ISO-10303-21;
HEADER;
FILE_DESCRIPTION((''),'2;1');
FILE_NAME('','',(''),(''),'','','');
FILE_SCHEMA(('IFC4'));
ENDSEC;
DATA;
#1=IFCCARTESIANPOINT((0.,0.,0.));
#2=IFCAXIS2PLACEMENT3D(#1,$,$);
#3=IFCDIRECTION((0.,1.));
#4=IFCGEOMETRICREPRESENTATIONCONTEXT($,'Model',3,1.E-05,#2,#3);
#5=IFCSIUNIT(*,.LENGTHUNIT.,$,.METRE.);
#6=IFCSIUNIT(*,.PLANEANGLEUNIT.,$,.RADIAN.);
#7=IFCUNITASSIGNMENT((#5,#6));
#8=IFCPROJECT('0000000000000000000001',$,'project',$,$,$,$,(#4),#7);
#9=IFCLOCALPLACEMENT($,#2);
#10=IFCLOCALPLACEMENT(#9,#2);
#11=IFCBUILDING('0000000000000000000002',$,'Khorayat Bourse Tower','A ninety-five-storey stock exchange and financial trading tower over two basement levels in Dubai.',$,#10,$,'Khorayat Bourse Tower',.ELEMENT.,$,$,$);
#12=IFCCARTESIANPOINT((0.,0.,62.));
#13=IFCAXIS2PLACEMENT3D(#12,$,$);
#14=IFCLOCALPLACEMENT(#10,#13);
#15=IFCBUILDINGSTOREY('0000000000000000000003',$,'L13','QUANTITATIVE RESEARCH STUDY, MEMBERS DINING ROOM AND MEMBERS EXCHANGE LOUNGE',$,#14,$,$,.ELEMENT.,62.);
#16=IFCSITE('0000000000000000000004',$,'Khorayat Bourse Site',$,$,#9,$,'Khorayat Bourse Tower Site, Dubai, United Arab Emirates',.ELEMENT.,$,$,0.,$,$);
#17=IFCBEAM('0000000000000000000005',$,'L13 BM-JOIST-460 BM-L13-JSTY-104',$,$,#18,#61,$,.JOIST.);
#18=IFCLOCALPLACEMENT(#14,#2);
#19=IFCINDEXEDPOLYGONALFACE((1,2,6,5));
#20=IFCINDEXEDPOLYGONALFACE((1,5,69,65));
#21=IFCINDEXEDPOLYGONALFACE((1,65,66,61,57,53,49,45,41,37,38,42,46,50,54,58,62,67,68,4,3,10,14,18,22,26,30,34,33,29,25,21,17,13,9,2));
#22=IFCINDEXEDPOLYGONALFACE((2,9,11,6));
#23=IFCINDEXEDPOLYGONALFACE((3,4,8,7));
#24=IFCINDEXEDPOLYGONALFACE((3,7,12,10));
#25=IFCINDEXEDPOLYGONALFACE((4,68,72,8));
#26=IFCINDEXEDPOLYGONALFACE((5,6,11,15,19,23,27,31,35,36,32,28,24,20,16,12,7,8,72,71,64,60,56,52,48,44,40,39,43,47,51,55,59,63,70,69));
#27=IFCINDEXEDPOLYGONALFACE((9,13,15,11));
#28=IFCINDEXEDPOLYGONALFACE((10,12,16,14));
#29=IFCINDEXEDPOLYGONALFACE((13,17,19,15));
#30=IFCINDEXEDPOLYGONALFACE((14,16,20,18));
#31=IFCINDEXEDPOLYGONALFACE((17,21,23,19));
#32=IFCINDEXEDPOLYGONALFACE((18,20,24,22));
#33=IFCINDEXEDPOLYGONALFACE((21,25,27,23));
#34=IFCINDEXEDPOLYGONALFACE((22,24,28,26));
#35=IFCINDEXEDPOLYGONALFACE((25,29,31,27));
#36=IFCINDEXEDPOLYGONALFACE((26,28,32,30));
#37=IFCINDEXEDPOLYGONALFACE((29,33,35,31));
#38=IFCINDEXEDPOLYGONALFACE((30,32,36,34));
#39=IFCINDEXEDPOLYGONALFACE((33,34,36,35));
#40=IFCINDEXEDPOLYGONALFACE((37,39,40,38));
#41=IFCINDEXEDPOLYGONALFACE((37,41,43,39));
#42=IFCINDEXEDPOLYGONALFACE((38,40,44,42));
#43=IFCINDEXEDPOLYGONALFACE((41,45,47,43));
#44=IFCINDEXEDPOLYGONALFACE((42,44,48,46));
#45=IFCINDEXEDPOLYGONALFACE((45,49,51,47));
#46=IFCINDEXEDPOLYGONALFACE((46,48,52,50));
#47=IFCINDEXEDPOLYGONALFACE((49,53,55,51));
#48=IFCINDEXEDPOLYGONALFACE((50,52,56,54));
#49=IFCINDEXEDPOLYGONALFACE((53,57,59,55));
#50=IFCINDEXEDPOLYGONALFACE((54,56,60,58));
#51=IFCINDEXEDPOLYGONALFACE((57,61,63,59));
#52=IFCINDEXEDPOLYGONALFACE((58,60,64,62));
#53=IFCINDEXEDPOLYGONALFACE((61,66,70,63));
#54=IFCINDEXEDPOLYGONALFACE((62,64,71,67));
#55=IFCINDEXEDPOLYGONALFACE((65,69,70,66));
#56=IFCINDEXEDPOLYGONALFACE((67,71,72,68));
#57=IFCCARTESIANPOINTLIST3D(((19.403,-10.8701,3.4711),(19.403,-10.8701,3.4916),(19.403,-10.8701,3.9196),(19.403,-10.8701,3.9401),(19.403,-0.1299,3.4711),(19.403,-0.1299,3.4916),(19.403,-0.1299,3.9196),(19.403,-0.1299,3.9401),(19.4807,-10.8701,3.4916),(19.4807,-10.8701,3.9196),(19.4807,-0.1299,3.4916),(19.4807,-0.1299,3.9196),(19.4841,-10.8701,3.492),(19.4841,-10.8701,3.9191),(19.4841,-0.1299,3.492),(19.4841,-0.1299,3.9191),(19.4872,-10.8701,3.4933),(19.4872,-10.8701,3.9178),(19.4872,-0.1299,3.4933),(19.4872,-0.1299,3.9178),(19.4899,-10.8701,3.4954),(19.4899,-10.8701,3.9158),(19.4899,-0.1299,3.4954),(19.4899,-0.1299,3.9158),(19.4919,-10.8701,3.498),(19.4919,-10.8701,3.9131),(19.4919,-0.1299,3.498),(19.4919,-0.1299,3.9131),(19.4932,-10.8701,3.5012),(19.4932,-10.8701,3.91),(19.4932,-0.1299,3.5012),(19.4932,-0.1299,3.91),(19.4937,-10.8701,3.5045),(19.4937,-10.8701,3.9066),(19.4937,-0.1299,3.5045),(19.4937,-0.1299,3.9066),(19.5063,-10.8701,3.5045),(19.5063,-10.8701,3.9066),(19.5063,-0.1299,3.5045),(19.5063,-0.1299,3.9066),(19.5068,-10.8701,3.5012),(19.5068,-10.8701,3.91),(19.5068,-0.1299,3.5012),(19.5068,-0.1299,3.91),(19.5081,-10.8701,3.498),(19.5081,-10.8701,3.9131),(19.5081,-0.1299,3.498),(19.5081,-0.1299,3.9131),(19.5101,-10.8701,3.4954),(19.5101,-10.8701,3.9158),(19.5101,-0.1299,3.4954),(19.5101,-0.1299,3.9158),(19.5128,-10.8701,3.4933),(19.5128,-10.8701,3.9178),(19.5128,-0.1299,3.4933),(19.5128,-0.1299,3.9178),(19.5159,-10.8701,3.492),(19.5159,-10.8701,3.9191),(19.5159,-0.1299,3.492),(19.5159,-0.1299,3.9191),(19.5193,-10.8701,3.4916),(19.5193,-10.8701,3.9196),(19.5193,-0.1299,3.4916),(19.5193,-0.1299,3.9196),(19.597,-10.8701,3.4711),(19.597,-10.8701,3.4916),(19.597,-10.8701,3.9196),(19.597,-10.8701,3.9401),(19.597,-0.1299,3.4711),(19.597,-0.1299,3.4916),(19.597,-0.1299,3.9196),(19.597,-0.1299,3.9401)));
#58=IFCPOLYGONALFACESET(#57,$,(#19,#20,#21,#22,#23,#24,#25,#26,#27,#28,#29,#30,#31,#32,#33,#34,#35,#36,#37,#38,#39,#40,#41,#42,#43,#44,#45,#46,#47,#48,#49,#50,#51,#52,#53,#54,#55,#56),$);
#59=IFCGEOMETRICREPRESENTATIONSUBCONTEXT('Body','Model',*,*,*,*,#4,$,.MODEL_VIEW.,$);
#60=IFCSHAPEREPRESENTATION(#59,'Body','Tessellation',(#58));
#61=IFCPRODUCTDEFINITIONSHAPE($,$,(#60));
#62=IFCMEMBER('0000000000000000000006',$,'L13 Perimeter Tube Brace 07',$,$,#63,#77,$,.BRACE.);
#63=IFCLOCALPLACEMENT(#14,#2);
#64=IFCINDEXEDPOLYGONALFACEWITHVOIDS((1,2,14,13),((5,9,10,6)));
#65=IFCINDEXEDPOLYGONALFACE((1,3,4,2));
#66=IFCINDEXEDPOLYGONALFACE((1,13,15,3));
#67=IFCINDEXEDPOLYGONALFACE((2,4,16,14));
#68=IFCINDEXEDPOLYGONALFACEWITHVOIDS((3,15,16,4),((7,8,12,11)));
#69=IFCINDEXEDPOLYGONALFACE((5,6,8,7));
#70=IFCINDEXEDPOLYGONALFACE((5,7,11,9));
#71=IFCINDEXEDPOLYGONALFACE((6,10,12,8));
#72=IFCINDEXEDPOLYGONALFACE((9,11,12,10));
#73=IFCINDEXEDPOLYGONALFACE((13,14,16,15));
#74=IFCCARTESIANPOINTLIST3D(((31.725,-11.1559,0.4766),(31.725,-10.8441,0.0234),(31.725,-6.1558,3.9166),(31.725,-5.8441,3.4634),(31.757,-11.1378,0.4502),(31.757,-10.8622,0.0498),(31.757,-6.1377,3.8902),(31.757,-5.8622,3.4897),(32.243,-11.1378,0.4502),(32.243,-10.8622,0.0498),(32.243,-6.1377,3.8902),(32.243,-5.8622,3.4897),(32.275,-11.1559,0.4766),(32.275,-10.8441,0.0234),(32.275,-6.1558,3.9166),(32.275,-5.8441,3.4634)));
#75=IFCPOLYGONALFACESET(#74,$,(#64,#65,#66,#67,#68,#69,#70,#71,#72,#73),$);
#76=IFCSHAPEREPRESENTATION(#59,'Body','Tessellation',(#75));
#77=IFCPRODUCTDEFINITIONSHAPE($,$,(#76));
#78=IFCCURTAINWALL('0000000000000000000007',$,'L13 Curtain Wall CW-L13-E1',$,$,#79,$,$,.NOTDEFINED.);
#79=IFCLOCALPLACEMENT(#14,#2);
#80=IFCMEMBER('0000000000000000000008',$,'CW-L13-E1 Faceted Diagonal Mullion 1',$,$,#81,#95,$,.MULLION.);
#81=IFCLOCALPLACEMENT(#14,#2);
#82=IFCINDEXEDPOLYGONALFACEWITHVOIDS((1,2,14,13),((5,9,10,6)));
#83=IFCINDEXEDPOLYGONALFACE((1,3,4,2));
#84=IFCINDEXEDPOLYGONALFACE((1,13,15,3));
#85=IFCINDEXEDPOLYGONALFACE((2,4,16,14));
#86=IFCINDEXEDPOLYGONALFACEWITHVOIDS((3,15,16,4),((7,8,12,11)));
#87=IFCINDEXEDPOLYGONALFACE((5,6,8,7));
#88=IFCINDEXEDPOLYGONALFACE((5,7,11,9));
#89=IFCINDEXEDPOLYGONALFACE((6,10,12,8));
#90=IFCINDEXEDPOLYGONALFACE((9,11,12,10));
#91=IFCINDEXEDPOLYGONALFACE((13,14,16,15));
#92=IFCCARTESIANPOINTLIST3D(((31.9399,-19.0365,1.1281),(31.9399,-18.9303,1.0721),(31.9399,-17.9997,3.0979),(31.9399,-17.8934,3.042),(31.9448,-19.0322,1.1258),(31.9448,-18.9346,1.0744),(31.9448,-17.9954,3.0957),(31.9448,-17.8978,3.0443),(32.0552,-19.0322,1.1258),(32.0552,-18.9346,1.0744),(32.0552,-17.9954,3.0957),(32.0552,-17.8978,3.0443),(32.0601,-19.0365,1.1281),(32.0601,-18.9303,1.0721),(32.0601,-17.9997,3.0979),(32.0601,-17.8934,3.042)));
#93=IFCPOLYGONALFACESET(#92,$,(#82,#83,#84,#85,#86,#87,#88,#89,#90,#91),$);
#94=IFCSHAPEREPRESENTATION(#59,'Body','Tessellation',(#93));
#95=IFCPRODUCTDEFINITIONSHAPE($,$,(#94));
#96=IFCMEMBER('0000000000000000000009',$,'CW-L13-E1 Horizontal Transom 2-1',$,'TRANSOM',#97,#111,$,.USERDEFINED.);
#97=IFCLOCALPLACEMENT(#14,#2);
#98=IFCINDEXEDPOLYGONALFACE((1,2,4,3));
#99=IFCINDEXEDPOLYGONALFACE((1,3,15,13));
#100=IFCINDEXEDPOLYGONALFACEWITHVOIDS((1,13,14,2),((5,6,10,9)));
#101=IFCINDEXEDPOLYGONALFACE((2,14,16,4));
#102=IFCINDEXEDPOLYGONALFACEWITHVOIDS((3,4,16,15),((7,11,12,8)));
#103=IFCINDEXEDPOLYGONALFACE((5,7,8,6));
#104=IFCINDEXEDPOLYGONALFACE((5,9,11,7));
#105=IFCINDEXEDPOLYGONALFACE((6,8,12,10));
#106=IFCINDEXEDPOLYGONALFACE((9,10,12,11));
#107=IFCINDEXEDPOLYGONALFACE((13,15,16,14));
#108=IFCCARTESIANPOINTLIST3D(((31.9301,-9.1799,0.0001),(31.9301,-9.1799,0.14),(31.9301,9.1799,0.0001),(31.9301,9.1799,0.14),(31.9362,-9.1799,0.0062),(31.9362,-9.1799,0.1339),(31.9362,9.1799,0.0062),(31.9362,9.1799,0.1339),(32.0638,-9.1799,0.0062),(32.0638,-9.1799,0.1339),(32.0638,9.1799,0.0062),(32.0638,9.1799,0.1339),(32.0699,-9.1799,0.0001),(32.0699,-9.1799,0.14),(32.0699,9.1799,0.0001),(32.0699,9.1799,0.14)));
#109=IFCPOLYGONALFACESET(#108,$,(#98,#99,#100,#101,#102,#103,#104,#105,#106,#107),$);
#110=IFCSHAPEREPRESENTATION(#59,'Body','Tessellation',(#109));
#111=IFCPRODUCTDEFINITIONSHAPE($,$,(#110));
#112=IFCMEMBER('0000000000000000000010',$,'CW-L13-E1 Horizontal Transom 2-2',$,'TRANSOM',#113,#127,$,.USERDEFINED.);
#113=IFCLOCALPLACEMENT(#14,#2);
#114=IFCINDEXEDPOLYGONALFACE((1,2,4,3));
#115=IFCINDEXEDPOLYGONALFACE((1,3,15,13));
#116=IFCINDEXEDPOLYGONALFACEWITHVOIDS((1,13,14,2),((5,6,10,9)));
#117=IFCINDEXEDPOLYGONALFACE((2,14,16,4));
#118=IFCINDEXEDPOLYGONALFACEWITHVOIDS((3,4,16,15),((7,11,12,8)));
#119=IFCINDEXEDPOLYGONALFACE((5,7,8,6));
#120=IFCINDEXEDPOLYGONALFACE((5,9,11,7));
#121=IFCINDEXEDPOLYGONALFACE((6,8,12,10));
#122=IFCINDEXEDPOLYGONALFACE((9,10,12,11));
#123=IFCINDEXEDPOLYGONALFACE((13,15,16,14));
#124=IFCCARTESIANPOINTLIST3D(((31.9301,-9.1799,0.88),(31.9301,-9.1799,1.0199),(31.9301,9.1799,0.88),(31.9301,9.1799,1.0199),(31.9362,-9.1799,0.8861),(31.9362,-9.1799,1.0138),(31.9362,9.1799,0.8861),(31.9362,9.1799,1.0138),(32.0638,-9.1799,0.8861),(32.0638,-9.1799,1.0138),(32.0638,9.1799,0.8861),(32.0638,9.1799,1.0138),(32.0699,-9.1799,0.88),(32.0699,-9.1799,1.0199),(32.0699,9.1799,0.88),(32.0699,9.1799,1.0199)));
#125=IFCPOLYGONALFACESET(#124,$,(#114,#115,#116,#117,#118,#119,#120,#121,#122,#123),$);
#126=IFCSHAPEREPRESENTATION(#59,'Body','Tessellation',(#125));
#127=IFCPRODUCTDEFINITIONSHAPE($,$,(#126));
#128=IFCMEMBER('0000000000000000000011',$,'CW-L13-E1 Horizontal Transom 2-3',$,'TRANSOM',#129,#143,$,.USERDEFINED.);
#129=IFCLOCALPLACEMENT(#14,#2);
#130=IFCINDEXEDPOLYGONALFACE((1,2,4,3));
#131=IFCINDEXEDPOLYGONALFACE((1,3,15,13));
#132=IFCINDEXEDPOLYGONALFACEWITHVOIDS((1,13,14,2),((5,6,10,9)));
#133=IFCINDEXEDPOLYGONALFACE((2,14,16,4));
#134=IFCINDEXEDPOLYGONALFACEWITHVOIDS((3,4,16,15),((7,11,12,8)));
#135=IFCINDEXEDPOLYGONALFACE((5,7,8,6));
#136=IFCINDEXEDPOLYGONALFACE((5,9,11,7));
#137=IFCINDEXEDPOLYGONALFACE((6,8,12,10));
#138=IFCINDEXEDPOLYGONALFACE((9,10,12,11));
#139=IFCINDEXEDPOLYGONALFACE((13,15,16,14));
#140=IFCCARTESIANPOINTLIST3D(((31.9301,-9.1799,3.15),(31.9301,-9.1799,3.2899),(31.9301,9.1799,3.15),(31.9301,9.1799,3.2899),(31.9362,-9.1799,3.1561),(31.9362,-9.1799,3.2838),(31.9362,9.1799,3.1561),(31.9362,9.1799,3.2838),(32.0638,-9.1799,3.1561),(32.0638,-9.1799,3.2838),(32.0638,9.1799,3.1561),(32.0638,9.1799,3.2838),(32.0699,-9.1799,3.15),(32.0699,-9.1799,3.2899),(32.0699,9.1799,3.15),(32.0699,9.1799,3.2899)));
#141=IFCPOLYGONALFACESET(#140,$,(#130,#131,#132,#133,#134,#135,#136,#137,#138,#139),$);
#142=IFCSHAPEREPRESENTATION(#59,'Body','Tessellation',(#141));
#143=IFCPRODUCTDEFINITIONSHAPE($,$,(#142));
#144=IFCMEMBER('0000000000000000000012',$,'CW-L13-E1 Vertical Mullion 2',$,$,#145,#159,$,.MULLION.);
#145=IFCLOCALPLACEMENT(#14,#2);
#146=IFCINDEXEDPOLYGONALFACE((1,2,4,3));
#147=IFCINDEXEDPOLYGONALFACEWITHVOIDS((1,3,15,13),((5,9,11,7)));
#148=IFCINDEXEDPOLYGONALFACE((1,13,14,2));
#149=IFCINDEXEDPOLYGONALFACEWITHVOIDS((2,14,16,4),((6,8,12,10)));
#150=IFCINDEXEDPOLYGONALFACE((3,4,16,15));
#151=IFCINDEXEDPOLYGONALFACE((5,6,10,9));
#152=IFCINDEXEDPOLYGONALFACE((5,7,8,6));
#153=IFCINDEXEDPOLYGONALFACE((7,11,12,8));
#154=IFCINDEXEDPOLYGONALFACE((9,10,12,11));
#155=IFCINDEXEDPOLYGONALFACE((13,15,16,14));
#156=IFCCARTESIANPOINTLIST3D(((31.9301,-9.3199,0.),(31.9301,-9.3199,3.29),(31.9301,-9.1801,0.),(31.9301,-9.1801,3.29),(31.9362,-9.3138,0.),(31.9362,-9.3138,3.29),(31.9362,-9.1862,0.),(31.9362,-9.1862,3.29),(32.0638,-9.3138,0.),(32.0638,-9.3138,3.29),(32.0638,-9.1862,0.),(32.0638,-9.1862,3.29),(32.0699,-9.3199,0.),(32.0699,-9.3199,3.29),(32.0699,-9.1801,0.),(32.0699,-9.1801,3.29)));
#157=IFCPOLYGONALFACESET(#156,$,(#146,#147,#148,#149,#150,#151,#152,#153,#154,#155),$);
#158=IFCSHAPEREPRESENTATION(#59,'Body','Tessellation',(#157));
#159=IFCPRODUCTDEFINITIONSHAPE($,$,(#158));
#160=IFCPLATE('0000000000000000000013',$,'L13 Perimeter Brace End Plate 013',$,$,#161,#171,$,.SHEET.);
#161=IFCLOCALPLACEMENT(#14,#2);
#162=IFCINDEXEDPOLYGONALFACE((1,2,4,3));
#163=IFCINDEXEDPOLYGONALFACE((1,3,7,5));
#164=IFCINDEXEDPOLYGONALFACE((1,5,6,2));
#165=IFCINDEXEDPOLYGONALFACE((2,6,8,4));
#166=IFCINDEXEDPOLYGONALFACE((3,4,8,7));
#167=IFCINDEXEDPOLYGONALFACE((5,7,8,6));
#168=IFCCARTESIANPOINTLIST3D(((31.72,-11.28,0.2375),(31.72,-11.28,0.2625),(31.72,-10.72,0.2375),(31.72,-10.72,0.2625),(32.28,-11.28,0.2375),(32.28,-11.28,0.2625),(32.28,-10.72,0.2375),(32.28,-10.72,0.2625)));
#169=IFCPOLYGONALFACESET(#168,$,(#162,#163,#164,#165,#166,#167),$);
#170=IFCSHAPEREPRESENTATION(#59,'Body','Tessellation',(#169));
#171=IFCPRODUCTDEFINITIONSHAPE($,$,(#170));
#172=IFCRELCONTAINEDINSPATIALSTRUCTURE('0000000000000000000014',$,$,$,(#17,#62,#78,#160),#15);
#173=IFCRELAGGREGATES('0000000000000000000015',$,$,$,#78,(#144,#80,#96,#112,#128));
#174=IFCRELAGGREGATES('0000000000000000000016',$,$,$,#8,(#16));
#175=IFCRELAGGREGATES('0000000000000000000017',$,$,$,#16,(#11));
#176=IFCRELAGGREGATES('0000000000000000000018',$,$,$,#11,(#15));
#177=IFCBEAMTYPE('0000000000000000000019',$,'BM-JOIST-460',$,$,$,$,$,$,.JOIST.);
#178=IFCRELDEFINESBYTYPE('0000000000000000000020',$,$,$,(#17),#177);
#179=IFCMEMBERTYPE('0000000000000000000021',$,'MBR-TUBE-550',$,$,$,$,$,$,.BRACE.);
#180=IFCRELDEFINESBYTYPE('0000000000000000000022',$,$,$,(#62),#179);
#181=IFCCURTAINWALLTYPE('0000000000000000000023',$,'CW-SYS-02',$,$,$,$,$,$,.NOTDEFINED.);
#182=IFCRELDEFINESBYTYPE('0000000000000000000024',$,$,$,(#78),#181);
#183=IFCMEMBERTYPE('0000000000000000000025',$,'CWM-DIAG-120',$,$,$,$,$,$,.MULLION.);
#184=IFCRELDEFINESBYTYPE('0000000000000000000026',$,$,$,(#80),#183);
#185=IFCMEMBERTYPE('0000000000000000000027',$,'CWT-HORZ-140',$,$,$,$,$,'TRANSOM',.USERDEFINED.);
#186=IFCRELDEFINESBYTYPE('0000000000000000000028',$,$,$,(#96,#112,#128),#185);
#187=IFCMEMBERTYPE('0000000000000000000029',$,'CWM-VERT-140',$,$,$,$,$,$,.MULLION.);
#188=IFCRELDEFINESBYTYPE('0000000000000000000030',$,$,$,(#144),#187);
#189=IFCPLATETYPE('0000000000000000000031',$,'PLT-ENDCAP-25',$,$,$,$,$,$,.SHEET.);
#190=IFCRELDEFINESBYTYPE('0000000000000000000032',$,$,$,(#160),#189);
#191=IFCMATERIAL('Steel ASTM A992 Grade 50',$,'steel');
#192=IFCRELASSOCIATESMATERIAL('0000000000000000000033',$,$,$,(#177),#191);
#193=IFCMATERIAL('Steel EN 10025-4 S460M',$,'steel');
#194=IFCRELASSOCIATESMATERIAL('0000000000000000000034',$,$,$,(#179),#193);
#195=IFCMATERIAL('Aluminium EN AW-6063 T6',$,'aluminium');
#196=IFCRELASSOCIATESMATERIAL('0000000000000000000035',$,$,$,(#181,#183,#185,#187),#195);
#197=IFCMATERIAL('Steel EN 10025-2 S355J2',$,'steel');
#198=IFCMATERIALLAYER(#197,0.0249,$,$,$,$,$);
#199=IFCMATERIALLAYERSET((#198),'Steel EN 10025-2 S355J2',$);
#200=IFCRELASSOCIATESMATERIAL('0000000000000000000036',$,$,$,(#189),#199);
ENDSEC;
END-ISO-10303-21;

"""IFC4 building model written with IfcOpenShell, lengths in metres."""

from ifc_helpers import new_model, si_unit, direction, frame, origin, origin_2d, place, context, subcontext, project, spatial, rectangle, hollow_rectangle, i_section, extrude, source, transform, mapped, material, layer, layer_set, material_profile, profile_set, type_object, element, aggregate, save


model = new_model("IFC4")

# Units and contexts
model_context = context("Model", 3, precision=1e-05, world=origin(), true_north=direction((0.0, 1.0)))
body_context = subcontext(model_context, "Body", "Model", "MODEL_VIEW")
ifc_project = project(units=[si_unit("LENGTHUNIT", "METRE"), si_unit("PLANEANGLEUNIT", "RADIAN")], contexts=[model_context])

# Site, building, storey
site_placement = place(None, origin())
site = spatial("IfcSite", under=ifc_project, at=site_placement, Name="Khorayat Bourse Site", LongName="Khorayat Bourse Tower Site, Dubai, United Arab Emirates", CompositionType="ELEMENT", RefElevation=0.0)
building_placement = place(site_placement, origin())
building = spatial("IfcBuilding", under=site, at=building_placement, Name="Khorayat Bourse Tower", Description="A ninety-five-storey stock exchange and financial trading tower over two basement levels in Dubai.", LongName="Khorayat Bourse Tower", CompositionType="ELEMENT")
storey_placement = place(building_placement, frame((0.0, 0.0, 62.0)))
storey = spatial("IfcBuildingStorey", under=building, at=storey_placement, Name="L13", Description="QUANTITATIVE RESEARCH STUDY, MEMBERS DINING ROOM AND MEMBERS EXCHANGE LOUNGE", CompositionType="ELEMENT", Elevation=62.0)

# Shared definitions
ifc_material_1 = material(Name="Steel EN 10025-4 S460M", Category="steel")

# Beam
ifc_material_2 = material(Name="Steel ASTM A992 Grade 50", Category="steel")
ifc_material_profile_1 = material_profile(ifc_material_2, i_section(OverallWidth=0.1941, OverallDepth=0.469, WebThickness=0.0127, FlangeThickness=0.0205, FilletRadius=0.0129, at=origin_2d()), Name="W460X106")
ifc_profile_set_1 = profile_set([ifc_material_profile_1], Name="Steel ASTM A992 Grade 50")
beam_type_1 = type_object("IfcBeamType", Name="BM-JOIST-460", PredefinedType="JOIST", material=ifc_profile_set_1)
shared_shape_1 = source(origin(), body_context, "Body", "SweptSolid", [
    extrude(i_section(OverallWidth=0.1941, OverallDepth=0.469, WebThickness=0.0127, FlangeThickness=0.0205, FilletRadius=0.0129, at=origin_2d()), origin(), (0.0, 0.0, 1.0), 10.7402),
])
beam_1_placement = place(storey_placement, frame((19.5, -10.8701, 3.7056), z_axis=(0.0, 1.0, 0.0), x_axis=(-1.0, 0.0, 0.0)))
element("IfcBeam", 1, at=beam_1_placement, inside=storey, type_object=beam_type_1, Name="L13 BM-JOIST-460 BM-L13-JSTY-104", PredefinedType="JOIST", context=body_context, shape_type="MappedRepresentation", body=[
    mapped(shared_shape_1, transform((0.0, 0.0, 0.0), scale=1.0)),
])

# Member
ifc_material_profile_2 = material_profile(ifc_material_1, hollow_rectangle(XDim=0.55, YDim=0.55, WallThickness=0.032, at=origin_2d()), Name="HSS 550x550x32")
ifc_profile_set_2 = profile_set([ifc_material_profile_2], Name="Steel EN 10025-4 S460M")
member_type_1 = type_object("IfcMemberType", Name="MBR-TUBE-550", PredefinedType="BRACE", material=ifc_profile_set_2)
shared_shape_2 = source(origin(), body_context, "Body", "SweptSolid", [
    extrude(hollow_rectangle(XDim=0.55, YDim=0.55, WallThickness=0.032, at=origin_2d()), origin(), (0.0, 0.0, 1.0), 6.0691),
])
member_1_placement = place(storey_placement, frame((32.0, -11.0, 0.25), z_axis=(0.0, 0.823854, 0.566802), x_axis=(-1.0, 0.0, 0.0)))
element("IfcMember", 2, at=member_1_placement, inside=storey, type_object=member_type_1, Name="L13 Perimeter Tube Brace 07", PredefinedType="BRACE", context=body_context, shape_type="MappedRepresentation", body=[
    mapped(shared_shape_2, transform((0.0, 0.0, 0.0), scale=1.0)),
])

# Curtain wall, members
ifc_material_3 = material(Name="Aluminium EN AW-6063 T6", Category="aluminium")
curtain_wall_type = type_object("IfcCurtainWallType", Name="CW-SYS-02", PredefinedType="NOTDEFINED", material=ifc_material_3)
curtain_wall_placement = place(storey_placement, origin())
curtain_wall = element("IfcCurtainWall", 3, at=curtain_wall_placement, inside=storey, type_object=curtain_wall_type, Name="L13 Curtain Wall CW-L13-E1", PredefinedType="NOTDEFINED")
ifc_material_profile_3 = material_profile(ifc_material_3, hollow_rectangle(XDim=0.1201, YDim=0.1201, WallThickness=0.0049, at=origin_2d()), Name="ALU 120x120x5")
ifc_profile_set_3 = profile_set([ifc_material_profile_3], Name="Aluminium EN AW-6063 T6")
member_type_2 = type_object("IfcMemberType", Name="CWM-DIAG-120", PredefinedType="MULLION", material=ifc_profile_set_3)
shared_shape_3 = source(origin(), body_context, "Body", "SweptSolid", [
    extrude(hollow_rectangle(XDim=0.1201, YDim=0.1201, WallThickness=0.0049, at=origin_2d()), origin(), (0.0, 0.0, 1.0), 2.2261),
])
member_2_placement = place(storey_placement, frame((32.0, -18.9834, 1.1001), z_axis=(0.0, 0.46576, 0.884911), x_axis=(-1.0, 0.0, 0.0)))
member_2 = element("IfcMember", 4, at=member_2_placement, type_object=member_type_2, Name="CW-L13-E1 Faceted Diagonal Mullion 1", PredefinedType="MULLION", context=body_context, shape_type="MappedRepresentation", body=[
    mapped(shared_shape_3, transform((0.0, 0.0, 0.0), scale=1.0)),
])
ifc_material_profile_4 = material_profile(ifc_material_3, hollow_rectangle(XDim=0.1399, YDim=0.1399, WallThickness=0.0061, at=origin_2d()), Name="ALU 140x140x6")
ifc_profile_set_4 = profile_set([ifc_material_profile_4], Name="Aluminium EN AW-6063 T6")
member_type_3 = type_object("IfcMemberType", Name="CWT-HORZ-140", ElementType="TRANSOM", PredefinedType="USERDEFINED", material=ifc_profile_set_4)
shared_shape_4 = source(origin(), body_context, "Body", "SweptSolid", [
    extrude(hollow_rectangle(XDim=0.1399, YDim=0.1399, WallThickness=0.0061, at=origin_2d()), origin(), (0.0, 0.0, 1.0), 18.3599),
])
member_3_placement = place(storey_placement, frame((32.0, -9.1799, 0.0701), z_axis=(0.0, 1.0, 0.0), x_axis=(-1.0, 0.0, 0.0)))
member_3 = element("IfcMember", 5, at=member_3_placement, type_object=member_type_3, Name="CW-L13-E1 Horizontal Transom 2-1", ObjectType="TRANSOM", PredefinedType="USERDEFINED", context=body_context, shape_type="MappedRepresentation", body=[
    mapped(shared_shape_4, transform((0.0, 0.0, 0.0), scale=1.0)),
])
member_4_placement = place(storey_placement, frame((32.0, -9.1799, 0.95), z_axis=(0.0, 1.0, 0.0), x_axis=(-1.0, 0.0, 0.0)))
member_4 = element("IfcMember", 6, at=member_4_placement, type_object=member_type_3, Name="CW-L13-E1 Horizontal Transom 2-2", ObjectType="TRANSOM", PredefinedType="USERDEFINED", context=body_context, shape_type="MappedRepresentation", body=[
    mapped(shared_shape_4, transform((0.0, 0.0, 0.0), scale=1.0)),
])
member_5_placement = place(storey_placement, frame((32.0, -9.1799, 3.22), z_axis=(0.0, 1.0, 0.0), x_axis=(-1.0, 0.0, 0.0)))
member_5 = element("IfcMember", 7, at=member_5_placement, type_object=member_type_3, Name="CW-L13-E1 Horizontal Transom 2-3", ObjectType="TRANSOM", PredefinedType="USERDEFINED", context=body_context, shape_type="MappedRepresentation", body=[
    mapped(shared_shape_4, transform((0.0, 0.0, 0.0), scale=1.0)),
])
ifc_material_profile_5 = material_profile(ifc_material_3, hollow_rectangle(XDim=0.1399, YDim=0.1399, WallThickness=0.0061, at=origin_2d()), Name="ALU 140x140x6")
ifc_profile_set_5 = profile_set([ifc_material_profile_5], Name="Aluminium EN AW-6063 T6")
member_type_4 = type_object("IfcMemberType", Name="CWM-VERT-140", PredefinedType="MULLION", material=ifc_profile_set_5)
shared_shape_5 = source(origin(), body_context, "Body", "SweptSolid", [
    extrude(hollow_rectangle(XDim=0.1399, YDim=0.1399, WallThickness=0.0061, at=origin_2d()), origin(), (0.0, 0.0, 1.0), 3.29),
])
member_6_placement = place(storey_placement, frame((32.0, -9.25, 0.0), z_axis=(0.0, 0.0, 1.0), x_axis=(-1.0, 0.0, 0.0)))
member_6 = element("IfcMember", 8, at=member_6_placement, type_object=member_type_4, Name="CW-L13-E1 Vertical Mullion 2", PredefinedType="MULLION", context=body_context, shape_type="MappedRepresentation", body=[
    mapped(shared_shape_5, transform((0.0, 0.0, 0.0), scale=1.0)),
])

# Plate
ifc_material_4 = material(Name="Steel EN 10025-2 S355J2", Category="steel")
ifc_layer_1 = layer(ifc_material_4, 0.0249)
ifc_layer_set_1 = layer_set([ifc_layer_1], Name="Steel EN 10025-2 S355J2")
plate_type_1 = type_object("IfcPlateType", Name="PLT-ENDCAP-25", PredefinedType="SHEET", material=ifc_layer_set_1)
shared_shape_6 = source(origin(), body_context, "Body", "SweptSolid", [
    extrude(rectangle(XDim=0.5601, YDim=0.5601, at=origin_2d()), origin(), (0.0, 0.0, 1.0), 0.0249),
])
for number, where, z_axis, x_axis, name in (
    (9, (32.0, -11.0, 0.2375), (0.0, 0.0, 1.0), (1.0, 0.0, 0.0), "L13 Perimeter Brace End Plate 013"),
):
    element("IfcPlate", number, at=place(storey_placement, frame(where, z_axis=z_axis, x_axis=x_axis)), inside=storey, type_object=plate_type_1, Name=name, PredefinedType="SHEET", context=body_context, shape_type="MappedRepresentation", body=[
        mapped(shared_shape_6, transform((0.0, 0.0, 0.0), scale=1.0)),
    ])

aggregate(curtain_wall, [member_6, member_2, member_3, member_4, member_5])

save(model, "model.ifc")
